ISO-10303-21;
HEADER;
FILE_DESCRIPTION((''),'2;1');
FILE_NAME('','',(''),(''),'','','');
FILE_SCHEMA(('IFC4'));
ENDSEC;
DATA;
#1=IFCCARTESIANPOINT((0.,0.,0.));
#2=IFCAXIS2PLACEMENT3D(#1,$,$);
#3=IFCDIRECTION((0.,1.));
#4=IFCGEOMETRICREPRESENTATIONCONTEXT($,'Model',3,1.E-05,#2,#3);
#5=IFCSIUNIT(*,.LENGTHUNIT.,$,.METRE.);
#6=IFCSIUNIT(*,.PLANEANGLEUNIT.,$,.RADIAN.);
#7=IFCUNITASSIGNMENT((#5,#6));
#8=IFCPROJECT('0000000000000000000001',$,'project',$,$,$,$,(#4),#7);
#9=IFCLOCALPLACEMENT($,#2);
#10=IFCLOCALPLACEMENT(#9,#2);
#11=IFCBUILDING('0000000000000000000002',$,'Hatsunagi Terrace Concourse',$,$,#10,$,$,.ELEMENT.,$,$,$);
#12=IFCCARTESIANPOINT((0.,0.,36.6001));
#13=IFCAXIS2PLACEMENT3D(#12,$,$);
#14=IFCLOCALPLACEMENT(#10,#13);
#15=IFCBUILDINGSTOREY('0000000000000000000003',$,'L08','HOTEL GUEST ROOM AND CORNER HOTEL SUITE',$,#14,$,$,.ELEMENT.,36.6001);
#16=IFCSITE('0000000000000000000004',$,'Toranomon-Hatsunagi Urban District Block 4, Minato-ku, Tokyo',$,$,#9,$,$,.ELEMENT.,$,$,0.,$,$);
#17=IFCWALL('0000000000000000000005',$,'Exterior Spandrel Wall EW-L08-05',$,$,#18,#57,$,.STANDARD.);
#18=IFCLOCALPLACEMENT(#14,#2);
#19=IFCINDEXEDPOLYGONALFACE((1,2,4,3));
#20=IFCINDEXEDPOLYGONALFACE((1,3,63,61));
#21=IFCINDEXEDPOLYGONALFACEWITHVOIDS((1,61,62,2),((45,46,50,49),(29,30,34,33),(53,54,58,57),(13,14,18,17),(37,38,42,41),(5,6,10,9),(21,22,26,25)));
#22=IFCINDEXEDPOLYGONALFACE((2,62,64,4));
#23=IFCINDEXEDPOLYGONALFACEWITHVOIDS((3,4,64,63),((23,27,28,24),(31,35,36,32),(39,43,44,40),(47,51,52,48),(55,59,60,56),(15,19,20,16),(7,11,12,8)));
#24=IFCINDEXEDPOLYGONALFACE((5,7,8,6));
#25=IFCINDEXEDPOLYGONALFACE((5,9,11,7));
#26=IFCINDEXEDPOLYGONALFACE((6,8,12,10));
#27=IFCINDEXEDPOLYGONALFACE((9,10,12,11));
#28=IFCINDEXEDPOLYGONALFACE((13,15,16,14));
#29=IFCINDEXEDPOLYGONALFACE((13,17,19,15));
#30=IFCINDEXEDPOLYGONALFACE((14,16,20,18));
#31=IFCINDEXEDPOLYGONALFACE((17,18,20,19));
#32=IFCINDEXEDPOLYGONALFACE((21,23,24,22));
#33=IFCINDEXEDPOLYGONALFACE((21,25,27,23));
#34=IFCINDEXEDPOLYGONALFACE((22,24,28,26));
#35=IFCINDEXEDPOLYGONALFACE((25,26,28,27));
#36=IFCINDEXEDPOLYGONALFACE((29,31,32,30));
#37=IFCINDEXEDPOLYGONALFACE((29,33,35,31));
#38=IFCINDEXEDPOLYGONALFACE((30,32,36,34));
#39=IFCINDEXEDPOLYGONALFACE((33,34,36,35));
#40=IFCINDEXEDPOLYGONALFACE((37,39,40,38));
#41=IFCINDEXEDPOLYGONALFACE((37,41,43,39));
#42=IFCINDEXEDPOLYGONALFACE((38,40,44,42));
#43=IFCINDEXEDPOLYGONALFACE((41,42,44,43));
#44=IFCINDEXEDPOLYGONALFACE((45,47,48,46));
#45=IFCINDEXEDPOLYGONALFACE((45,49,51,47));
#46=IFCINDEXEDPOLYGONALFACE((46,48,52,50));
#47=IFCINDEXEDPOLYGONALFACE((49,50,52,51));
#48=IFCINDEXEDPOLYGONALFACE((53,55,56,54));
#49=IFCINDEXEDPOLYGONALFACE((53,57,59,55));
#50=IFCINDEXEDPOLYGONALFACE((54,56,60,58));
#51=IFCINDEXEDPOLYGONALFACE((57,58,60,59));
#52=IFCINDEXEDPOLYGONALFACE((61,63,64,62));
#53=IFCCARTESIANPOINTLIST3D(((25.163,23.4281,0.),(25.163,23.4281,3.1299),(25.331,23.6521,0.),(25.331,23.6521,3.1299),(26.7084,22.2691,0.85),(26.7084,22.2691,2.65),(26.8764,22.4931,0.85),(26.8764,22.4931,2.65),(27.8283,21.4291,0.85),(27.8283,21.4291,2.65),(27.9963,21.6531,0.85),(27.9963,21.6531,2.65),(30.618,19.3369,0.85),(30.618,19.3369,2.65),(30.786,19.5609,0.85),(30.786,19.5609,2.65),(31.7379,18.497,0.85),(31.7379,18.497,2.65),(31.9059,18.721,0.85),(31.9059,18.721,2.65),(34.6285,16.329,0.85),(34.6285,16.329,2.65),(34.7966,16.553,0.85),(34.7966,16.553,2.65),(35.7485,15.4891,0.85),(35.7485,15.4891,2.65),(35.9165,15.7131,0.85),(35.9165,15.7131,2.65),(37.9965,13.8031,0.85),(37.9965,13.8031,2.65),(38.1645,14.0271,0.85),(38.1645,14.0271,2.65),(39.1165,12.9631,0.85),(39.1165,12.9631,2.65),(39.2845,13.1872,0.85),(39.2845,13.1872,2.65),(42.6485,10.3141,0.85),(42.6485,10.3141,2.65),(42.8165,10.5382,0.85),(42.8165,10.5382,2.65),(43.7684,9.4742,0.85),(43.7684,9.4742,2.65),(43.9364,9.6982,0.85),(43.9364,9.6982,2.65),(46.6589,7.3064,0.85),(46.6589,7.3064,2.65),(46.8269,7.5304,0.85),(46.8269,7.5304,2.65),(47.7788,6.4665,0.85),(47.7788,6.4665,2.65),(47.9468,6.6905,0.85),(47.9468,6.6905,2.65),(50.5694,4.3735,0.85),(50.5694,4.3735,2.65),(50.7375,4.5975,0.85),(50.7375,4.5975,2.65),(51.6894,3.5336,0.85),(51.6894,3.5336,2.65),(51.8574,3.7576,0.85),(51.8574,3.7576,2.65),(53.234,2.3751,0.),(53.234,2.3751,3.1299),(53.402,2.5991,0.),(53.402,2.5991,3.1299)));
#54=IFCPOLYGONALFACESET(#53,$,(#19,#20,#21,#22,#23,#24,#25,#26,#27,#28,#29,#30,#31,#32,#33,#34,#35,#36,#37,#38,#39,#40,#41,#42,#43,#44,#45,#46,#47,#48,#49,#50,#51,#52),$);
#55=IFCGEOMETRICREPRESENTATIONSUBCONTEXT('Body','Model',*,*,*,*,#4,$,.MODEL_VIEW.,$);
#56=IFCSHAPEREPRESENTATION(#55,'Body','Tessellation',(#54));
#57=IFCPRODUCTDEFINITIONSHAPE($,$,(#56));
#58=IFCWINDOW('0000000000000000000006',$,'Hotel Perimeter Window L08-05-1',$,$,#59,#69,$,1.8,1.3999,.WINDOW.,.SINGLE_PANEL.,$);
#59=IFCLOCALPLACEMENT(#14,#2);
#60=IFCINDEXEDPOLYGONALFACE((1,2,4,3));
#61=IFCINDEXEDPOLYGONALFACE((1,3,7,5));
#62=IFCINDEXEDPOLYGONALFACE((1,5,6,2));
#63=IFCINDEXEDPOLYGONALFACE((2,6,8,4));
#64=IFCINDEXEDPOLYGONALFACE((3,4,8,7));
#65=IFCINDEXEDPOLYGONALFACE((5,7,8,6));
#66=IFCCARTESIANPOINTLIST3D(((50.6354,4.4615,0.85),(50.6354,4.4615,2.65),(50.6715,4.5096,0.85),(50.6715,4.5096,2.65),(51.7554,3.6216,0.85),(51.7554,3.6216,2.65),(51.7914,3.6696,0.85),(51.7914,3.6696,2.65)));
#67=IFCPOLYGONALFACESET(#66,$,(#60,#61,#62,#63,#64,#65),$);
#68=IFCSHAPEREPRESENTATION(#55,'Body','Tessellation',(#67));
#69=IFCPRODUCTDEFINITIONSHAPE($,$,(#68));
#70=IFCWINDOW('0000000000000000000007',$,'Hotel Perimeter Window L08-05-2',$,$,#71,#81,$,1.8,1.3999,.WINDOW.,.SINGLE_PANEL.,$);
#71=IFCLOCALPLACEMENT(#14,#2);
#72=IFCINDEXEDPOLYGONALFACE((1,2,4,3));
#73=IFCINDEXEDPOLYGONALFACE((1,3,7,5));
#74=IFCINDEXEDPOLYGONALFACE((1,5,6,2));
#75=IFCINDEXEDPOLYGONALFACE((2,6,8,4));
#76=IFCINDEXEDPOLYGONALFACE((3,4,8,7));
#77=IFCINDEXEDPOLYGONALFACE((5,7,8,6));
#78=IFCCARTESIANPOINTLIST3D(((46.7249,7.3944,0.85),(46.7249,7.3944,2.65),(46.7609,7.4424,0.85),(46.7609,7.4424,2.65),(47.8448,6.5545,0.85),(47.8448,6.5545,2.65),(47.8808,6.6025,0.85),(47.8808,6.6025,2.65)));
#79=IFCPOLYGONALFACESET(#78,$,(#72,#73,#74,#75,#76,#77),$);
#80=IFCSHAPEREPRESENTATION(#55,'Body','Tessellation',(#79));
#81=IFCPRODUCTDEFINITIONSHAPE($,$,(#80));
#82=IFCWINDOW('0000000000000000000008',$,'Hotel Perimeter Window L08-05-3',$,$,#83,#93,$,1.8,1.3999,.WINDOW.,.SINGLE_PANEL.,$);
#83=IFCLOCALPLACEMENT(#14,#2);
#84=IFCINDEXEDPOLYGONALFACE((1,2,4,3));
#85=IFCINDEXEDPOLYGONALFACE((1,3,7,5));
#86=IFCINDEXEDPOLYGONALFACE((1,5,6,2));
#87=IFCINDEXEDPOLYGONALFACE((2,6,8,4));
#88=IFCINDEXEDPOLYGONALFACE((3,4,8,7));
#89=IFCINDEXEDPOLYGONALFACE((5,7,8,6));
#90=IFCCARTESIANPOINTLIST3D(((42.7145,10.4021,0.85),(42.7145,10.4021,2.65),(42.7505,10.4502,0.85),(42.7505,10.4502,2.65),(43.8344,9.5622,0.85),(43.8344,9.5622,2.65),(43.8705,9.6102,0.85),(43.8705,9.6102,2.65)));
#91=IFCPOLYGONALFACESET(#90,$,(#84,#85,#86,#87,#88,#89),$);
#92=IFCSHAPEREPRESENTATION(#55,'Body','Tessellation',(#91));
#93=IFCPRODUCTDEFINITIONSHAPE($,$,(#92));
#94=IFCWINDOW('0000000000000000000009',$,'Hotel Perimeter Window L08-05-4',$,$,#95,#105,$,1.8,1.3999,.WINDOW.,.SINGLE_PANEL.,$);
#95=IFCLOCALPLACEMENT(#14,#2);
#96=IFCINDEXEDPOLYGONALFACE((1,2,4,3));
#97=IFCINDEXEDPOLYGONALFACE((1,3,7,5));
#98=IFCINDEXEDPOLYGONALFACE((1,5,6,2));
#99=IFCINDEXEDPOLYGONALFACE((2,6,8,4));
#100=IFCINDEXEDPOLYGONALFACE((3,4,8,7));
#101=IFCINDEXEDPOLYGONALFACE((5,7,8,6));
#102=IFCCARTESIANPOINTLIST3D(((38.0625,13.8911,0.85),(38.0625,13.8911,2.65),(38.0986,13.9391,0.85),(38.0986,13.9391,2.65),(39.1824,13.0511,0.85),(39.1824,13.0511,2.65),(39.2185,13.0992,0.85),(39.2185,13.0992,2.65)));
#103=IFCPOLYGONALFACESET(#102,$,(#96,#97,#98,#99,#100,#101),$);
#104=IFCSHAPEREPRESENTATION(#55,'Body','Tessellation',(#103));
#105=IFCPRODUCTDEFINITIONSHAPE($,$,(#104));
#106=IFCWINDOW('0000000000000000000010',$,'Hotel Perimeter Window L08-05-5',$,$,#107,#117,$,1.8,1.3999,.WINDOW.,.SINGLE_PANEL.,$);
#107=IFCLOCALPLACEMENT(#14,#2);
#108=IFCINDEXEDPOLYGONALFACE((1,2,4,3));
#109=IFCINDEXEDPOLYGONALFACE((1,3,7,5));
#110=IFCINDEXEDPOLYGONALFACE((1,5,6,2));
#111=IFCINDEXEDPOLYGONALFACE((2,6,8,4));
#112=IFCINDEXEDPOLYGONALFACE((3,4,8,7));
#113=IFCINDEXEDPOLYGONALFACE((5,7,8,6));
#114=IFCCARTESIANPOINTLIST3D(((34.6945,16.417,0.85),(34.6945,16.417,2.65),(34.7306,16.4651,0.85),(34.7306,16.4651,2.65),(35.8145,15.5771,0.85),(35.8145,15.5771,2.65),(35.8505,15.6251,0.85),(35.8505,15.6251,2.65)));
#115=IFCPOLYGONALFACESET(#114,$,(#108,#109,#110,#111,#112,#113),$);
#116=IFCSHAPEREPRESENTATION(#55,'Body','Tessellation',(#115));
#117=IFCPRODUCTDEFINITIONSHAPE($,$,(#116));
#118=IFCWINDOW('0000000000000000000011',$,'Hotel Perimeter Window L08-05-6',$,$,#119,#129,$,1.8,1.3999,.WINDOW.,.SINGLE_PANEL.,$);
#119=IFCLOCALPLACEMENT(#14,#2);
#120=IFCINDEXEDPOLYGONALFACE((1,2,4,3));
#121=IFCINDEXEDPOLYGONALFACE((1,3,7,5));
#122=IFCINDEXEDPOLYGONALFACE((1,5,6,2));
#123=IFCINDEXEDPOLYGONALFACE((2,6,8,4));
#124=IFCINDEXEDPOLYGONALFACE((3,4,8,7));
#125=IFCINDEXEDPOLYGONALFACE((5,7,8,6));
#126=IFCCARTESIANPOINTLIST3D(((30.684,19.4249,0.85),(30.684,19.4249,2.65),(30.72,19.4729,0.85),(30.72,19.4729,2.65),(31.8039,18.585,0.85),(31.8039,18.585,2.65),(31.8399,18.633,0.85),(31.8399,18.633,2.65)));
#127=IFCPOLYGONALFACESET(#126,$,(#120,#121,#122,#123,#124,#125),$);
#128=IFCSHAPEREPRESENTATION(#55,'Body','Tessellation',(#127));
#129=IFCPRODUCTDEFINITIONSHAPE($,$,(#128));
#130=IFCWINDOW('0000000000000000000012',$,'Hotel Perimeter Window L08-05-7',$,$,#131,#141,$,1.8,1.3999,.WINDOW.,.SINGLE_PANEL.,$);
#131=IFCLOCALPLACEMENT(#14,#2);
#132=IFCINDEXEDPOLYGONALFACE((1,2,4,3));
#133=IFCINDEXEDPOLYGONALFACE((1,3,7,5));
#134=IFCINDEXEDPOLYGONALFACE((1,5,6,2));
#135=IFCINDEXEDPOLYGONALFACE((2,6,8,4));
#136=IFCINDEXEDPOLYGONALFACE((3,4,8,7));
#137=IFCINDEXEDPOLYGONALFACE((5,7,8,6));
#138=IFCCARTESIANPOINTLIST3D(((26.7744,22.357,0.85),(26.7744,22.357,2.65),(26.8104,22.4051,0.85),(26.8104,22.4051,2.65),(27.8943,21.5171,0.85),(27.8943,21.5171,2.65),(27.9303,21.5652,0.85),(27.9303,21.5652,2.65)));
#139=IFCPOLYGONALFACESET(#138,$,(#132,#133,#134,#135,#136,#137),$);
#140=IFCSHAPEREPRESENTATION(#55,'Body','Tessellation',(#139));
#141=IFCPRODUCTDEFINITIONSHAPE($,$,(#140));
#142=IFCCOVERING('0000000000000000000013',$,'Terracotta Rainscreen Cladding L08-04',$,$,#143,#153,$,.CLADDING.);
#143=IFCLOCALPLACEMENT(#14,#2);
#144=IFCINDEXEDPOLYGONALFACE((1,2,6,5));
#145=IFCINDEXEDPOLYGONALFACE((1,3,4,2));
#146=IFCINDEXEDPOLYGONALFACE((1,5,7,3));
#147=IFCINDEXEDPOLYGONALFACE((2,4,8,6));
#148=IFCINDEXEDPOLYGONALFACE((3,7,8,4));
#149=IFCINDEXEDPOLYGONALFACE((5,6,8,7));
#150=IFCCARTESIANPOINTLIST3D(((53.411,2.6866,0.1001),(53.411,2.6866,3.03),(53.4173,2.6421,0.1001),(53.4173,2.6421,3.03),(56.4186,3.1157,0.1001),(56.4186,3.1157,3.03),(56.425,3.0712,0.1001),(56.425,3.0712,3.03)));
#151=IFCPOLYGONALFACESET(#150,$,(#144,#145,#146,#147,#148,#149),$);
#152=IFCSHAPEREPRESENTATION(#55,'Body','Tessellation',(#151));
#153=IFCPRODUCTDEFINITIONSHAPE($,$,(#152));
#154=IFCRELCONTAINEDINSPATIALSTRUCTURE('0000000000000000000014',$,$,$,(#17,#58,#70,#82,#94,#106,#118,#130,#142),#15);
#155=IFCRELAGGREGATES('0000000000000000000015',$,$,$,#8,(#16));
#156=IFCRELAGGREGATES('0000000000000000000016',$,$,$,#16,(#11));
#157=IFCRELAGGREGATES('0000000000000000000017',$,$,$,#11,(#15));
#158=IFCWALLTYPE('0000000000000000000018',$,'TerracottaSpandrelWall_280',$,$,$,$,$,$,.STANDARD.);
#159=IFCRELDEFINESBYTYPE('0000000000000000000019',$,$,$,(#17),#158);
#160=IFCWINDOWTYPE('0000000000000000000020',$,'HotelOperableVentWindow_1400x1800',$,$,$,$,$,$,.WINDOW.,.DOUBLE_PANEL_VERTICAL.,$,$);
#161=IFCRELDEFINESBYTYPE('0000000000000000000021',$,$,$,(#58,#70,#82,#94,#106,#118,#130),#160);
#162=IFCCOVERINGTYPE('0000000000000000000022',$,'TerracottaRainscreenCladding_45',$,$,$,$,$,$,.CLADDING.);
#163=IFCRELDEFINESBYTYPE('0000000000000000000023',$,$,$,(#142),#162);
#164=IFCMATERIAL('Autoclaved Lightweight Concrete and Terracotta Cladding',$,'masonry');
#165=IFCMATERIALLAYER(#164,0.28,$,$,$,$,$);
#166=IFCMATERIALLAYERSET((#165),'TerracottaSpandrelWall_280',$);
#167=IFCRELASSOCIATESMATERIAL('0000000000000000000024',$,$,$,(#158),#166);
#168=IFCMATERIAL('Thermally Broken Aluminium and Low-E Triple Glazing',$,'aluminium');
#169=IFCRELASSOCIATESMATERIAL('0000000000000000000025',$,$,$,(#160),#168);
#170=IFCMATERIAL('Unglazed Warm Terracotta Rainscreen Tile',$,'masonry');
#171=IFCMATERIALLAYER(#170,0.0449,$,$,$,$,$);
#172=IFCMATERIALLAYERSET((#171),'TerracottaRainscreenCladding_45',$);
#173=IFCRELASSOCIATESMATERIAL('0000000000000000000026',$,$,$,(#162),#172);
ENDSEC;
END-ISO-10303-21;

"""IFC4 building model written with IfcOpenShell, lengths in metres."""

from ifc_helpers import new_model, si_unit, direction, frame, frame_2d, origin, origin_2d, place, context, subcontext, project, spatial, rectangle, extrude, material, layer, layer_set, type_object, element, fill, save


model = new_model("IFC4")

# Units and contexts
model_context = context("Model", 3, precision=1e-05, world=origin(), true_north=direction((0.0, 1.0)))
body_context = subcontext(model_context, "Body", "Model", "MODEL_VIEW")
ifc_project = project(units=[si_unit("LENGTHUNIT", "METRE"), si_unit("PLANEANGLEUNIT", "RADIAN")], contexts=[model_context])

# Site, building, storey
site_placement = place(None, origin())
site = spatial("IfcSite", under=ifc_project, at=site_placement, Name="Toranomon-Hatsunagi Urban District Block 4, Minato-ku, Tokyo", CompositionType="ELEMENT", RefElevation=0.0)
building_placement = place(site_placement, origin())
building = spatial("IfcBuilding", under=site, at=building_placement, Name="Hatsunagi Terrace Concourse", CompositionType="ELEMENT")
storey_placement = place(building_placement, frame((0.0, 0.0, 36.6001)))
storey = spatial("IfcBuildingStorey", under=building, at=storey_placement, Name="L08", Description="HOTEL GUEST ROOM AND CORNER HOTEL SUITE", CompositionType="ELEMENT", Elevation=36.6001)

# Wall, openings, windows
ifc_material_1 = material(Name="Autoclaved Lightweight Concrete and Terracotta Cladding", Category="masonry")
ifc_layer_1 = layer(ifc_material_1, 0.28)
ifc_layer_set_1 = layer_set([ifc_layer_1], Name="TerracottaSpandrelWall_280")
wall_type_1 = type_object("IfcWallType", Name="TerracottaSpandrelWall_280", PredefinedType="STANDARD", material=ifc_layer_set_1)
wall_1_placement = place(storey_placement, frame((53.3181, 2.4871, 0.0), z_axis=(0.0, 0.0, 1.0), x_axis=(-0.800004, 0.599994, 0.0)))
wall_1 = element("IfcWall", 1, at=wall_1_placement, inside=storey, type_object=wall_type_1, Name="Exterior Spandrel Wall EW-L08-05", PredefinedType="STANDARD", context=body_context, shape_type="SweptSolid", body=[
    extrude(rectangle(XDim=35.0886, YDim=0.28, at=frame_2d((17.5444, 0.0))), origin(), (0.0, 0.0, 1.0), 3.1299),
])
opening_1_placement = place(wall_1_placement, frame((1.9309, 0.0, 0.8501)))
opening_1 = element("IfcOpeningElement", 2, at=opening_1_placement, cuts=wall_1, PredefinedType="OPENING", context=body_context, shape_type="SweptSolid", body=[
    extrude(rectangle(XDim=1.3999, YDim=1.8, at=frame_2d((0.7, 0.8999))), frame((0.0, 0.1499, 0.0), z_axis=(0.0, -1.0, 0.0), x_axis=(1.0, 0.0, 0.0)), (0.0, 0.0, 1.0), 0.3),
])
opening_2_placement = place(wall_1_placement, frame((6.8191, 0.0, 0.8501)))
opening_2 = element("IfcOpeningElement", 3, at=opening_2_placement, cuts=wall_1, PredefinedType="OPENING", context=body_context, shape_type="SweptSolid", body=[
    extrude(rectangle(XDim=1.3999, YDim=1.8, at=frame_2d((0.7, 0.8999))), frame((0.0, 0.1499, 0.0), z_axis=(0.0, -1.0, 0.0), x_axis=(1.0, 0.0, 0.0)), (0.0, 0.0, 1.0), 0.3),
])
opening_3_placement = place(wall_1_placement, frame((11.832, 0.0, 0.8501)))
opening_3 = element("IfcOpeningElement", 4, at=opening_3_placement, cuts=wall_1, PredefinedType="OPENING", context=body_context, shape_type="SweptSolid", body=[
    extrude(rectangle(XDim=1.3999, YDim=1.8, at=frame_2d((0.7, 0.8999))), frame((0.0, 0.1499, 0.0), z_axis=(0.0, -1.0, 0.0), x_axis=(1.0, 0.0, 0.0)), (0.0, 0.0, 1.0), 0.3),
])
opening_4_placement = place(wall_1_placement, frame((17.647, 0.0, 0.8501)))
opening_4 = element("IfcOpeningElement", 5, at=opening_4_placement, cuts=wall_1, PredefinedType="OPENING", context=body_context, shape_type="SweptSolid", body=[
    extrude(rectangle(XDim=1.3999, YDim=1.8, at=frame_2d((0.7, 0.8999))), frame((0.0, 0.1499, 0.0), z_axis=(0.0, -1.0, 0.0), x_axis=(1.0, 0.0, 0.0)), (0.0, 0.0, 1.0), 0.3),
])
opening_5_placement = place(wall_1_placement, frame((21.8569, 0.0, 0.8501)))
opening_5 = element("IfcOpeningElement", 6, at=opening_5_placement, cuts=wall_1, PredefinedType="OPENING", context=body_context, shape_type="SweptSolid", body=[
    extrude(rectangle(XDim=1.3999, YDim=1.8, at=frame_2d((0.7, 0.8999))), frame((0.0, 0.1499, 0.0), z_axis=(0.0, -1.0, 0.0), x_axis=(1.0, 0.0, 0.0)), (0.0, 0.0, 1.0), 0.3),
])
opening_6_placement = place(wall_1_placement, frame((26.8701, 0.0, 0.8501)))
opening_6 = element("IfcOpeningElement", 7, at=opening_6_placement, cuts=wall_1, PredefinedType="OPENING", context=body_context, shape_type="SweptSolid", body=[
    extrude(rectangle(XDim=1.3999, YDim=1.8, at=frame_2d((0.7, 0.8999))), frame((0.0, 0.1499, 0.0), z_axis=(0.0, -1.0, 0.0), x_axis=(1.0, 0.0, 0.0)), (0.0, 0.0, 1.0), 0.3),
])
opening_7_placement = place(wall_1_placement, frame((31.7571, 0.0, 0.8501)))
opening_7 = element("IfcOpeningElement", 8, at=opening_7_placement, cuts=wall_1, PredefinedType="OPENING", context=body_context, shape_type="SweptSolid", body=[
    extrude(rectangle(XDim=1.3999, YDim=1.8, at=frame_2d((0.7, 0.8999))), frame((0.0, 0.1499, 0.0), z_axis=(0.0, -1.0, 0.0), x_axis=(1.0, 0.0, 0.0)), (0.0, 0.0, 1.0), 0.3),
])
ifc_material_2 = material(Name="Thermally Broken Aluminium and Low-E Triple Glazing", Category="aluminium")
window_type = type_object("IfcWindowType", Name="HotelOperableVentWindow_1400x1800", PartitioningType="DOUBLE_PANEL_VERTICAL", PredefinedType="WINDOW", material=ifc_material_2)
window_1_placement = place(opening_1_placement, origin())
window_1 = element("IfcWindow", 9, at=window_1_placement, inside=storey, type_object=window_type, Name="Hotel Perimeter Window L08-05-1", OverallHeight=1.8, OverallWidth=1.3999, PartitioningType="SINGLE_PANEL", PredefinedType="WINDOW", context=body_context, shape_type="SweptSolid", body=[
    extrude(rectangle(XDim=1.3999, YDim=1.8, at=frame_2d((0.7, 0.8999))), frame((0.0, 0.03, 0.0), z_axis=(0.0, -1.0, 0.0), x_axis=(1.0, 0.0, 0.0)), (0.0, 0.0, 1.0), 0.0601),
])
fill(opening_1, window_1)
window_2_placement = place(opening_2_placement, origin())
window_2 = element("IfcWindow", 10, at=window_2_placement, inside=storey, type_object=window_type, Name="Hotel Perimeter Window L08-05-2", OverallHeight=1.8, OverallWidth=1.3999, PartitioningType="SINGLE_PANEL", PredefinedType="WINDOW", context=body_context, shape_type="SweptSolid", body=[
    extrude(rectangle(XDim=1.3999, YDim=1.8, at=frame_2d((0.7, 0.8999))), frame((0.0, 0.03, 0.0), z_axis=(0.0, -1.0, 0.0), x_axis=(1.0, 0.0, 0.0)), (0.0, 0.0, 1.0), 0.0601),
])
fill(opening_2, window_2)
window_3_placement = place(opening_3_placement, origin())
window_3 = element("IfcWindow", 11, at=window_3_placement, inside=storey, type_object=window_type, Name="Hotel Perimeter Window L08-05-3", OverallHeight=1.8, OverallWidth=1.3999, PartitioningType="SINGLE_PANEL", PredefinedType="WINDOW", context=body_context, shape_type="SweptSolid", body=[
    extrude(rectangle(XDim=1.3999, YDim=1.8, at=frame_2d((0.7, 0.8999))), frame((0.0, 0.03, 0.0), z_axis=(0.0, -1.0, 0.0), x_axis=(1.0, 0.0, 0.0)), (0.0, 0.0, 1.0), 0.0601),
])
fill(opening_3, window_3)
window_4_placement = place(opening_4_placement, origin())
window_4 = element("IfcWindow", 12, at=window_4_placement, inside=storey, type_object=window_type, Name="Hotel Perimeter Window L08-05-4", OverallHeight=1.8, OverallWidth=1.3999, PartitioningType="SINGLE_PANEL", PredefinedType="WINDOW", context=body_context, shape_type="SweptSolid", body=[
    extrude(rectangle(XDim=1.3999, YDim=1.8, at=frame_2d((0.7, 0.8999))), frame((0.0, 0.03, 0.0), z_axis=(0.0, -1.0, 0.0), x_axis=(1.0, 0.0, 0.0)), (0.0, 0.0, 1.0), 0.0601),
])
fill(opening_4, window_4)
window_5_placement = place(opening_5_placement, origin())
window_5 = element("IfcWindow", 13, at=window_5_placement, inside=storey, type_object=window_type, Name="Hotel Perimeter Window L08-05-5", OverallHeight=1.8, OverallWidth=1.3999, PartitioningType="SINGLE_PANEL", PredefinedType="WINDOW", context=body_context, shape_type="SweptSolid", body=[
    extrude(rectangle(XDim=1.3999, YDim=1.8, at=frame_2d((0.7, 0.8999))), frame((0.0, 0.03, 0.0), z_axis=(0.0, -1.0, 0.0), x_axis=(1.0, 0.0, 0.0)), (0.0, 0.0, 1.0), 0.0601),
])
fill(opening_5, window_5)
window_6_placement = place(opening_6_placement, origin())
window_6 = element("IfcWindow", 14, at=window_6_placement, inside=storey, type_object=window_type, Name="Hotel Perimeter Window L08-05-6", OverallHeight=1.8, OverallWidth=1.3999, PartitioningType="SINGLE_PANEL", PredefinedType="WINDOW", context=body_context, shape_type="SweptSolid", body=[
    extrude(rectangle(XDim=1.3999, YDim=1.8, at=frame_2d((0.7, 0.8999))), frame((0.0, 0.03, 0.0), z_axis=(0.0, -1.0, 0.0), x_axis=(1.0, 0.0, 0.0)), (0.0, 0.0, 1.0), 0.0601),
])
fill(opening_6, window_6)
window_7_placement = place(opening_7_placement, origin())
window_7 = element("IfcWindow", 15, at=window_7_placement, inside=storey, type_object=window_type, Name="Hotel Perimeter Window L08-05-7", OverallHeight=1.8, OverallWidth=1.3999, PartitioningType="SINGLE_PANEL", PredefinedType="WINDOW", context=body_context, shape_type="SweptSolid", body=[
    extrude(rectangle(XDim=1.3999, YDim=1.8, at=frame_2d((0.7, 0.8999))), frame((0.0, 0.03, 0.0), z_axis=(0.0, -1.0, 0.0), x_axis=(1.0, 0.0, 0.0)), (0.0, 0.0, 1.0), 0.0601),
])
fill(opening_7, window_7)

# Covering
ifc_material_3 = material(Name="Unglazed Warm Terracotta Rainscreen Tile", Category="masonry")
ifc_layer_2 = layer(ifc_material_3, 0.0449)
ifc_layer_set_2 = layer_set([ifc_layer_2], Name="TerracottaRainscreenCladding_45")
covering_type = type_object("IfcCoveringType", Name="TerracottaRainscreenCladding_45", PredefinedType="CLADDING", material=ifc_layer_set_2)
covering_placement = place(storey_placement, frame((54.918, 2.8789, 0.1001), z_axis=(0.0, 0.0, 1.0), x_axis=(-0.989974, -0.14125, 0.0)))
element("IfcCovering", 16, at=covering_placement, inside=storey, type_object=covering_type, Name="Terracotta Rainscreen Cladding L08-04", PredefinedType="CLADDING", context=body_context, shape_type="SweptSolid", body=[
    extrude(rectangle(XDim=3.0381, YDim=0.0449, at=origin_2d()), origin(), (0.0, 0.0, 1.0), 2.9299),
])

save(model, "model.ifc")
